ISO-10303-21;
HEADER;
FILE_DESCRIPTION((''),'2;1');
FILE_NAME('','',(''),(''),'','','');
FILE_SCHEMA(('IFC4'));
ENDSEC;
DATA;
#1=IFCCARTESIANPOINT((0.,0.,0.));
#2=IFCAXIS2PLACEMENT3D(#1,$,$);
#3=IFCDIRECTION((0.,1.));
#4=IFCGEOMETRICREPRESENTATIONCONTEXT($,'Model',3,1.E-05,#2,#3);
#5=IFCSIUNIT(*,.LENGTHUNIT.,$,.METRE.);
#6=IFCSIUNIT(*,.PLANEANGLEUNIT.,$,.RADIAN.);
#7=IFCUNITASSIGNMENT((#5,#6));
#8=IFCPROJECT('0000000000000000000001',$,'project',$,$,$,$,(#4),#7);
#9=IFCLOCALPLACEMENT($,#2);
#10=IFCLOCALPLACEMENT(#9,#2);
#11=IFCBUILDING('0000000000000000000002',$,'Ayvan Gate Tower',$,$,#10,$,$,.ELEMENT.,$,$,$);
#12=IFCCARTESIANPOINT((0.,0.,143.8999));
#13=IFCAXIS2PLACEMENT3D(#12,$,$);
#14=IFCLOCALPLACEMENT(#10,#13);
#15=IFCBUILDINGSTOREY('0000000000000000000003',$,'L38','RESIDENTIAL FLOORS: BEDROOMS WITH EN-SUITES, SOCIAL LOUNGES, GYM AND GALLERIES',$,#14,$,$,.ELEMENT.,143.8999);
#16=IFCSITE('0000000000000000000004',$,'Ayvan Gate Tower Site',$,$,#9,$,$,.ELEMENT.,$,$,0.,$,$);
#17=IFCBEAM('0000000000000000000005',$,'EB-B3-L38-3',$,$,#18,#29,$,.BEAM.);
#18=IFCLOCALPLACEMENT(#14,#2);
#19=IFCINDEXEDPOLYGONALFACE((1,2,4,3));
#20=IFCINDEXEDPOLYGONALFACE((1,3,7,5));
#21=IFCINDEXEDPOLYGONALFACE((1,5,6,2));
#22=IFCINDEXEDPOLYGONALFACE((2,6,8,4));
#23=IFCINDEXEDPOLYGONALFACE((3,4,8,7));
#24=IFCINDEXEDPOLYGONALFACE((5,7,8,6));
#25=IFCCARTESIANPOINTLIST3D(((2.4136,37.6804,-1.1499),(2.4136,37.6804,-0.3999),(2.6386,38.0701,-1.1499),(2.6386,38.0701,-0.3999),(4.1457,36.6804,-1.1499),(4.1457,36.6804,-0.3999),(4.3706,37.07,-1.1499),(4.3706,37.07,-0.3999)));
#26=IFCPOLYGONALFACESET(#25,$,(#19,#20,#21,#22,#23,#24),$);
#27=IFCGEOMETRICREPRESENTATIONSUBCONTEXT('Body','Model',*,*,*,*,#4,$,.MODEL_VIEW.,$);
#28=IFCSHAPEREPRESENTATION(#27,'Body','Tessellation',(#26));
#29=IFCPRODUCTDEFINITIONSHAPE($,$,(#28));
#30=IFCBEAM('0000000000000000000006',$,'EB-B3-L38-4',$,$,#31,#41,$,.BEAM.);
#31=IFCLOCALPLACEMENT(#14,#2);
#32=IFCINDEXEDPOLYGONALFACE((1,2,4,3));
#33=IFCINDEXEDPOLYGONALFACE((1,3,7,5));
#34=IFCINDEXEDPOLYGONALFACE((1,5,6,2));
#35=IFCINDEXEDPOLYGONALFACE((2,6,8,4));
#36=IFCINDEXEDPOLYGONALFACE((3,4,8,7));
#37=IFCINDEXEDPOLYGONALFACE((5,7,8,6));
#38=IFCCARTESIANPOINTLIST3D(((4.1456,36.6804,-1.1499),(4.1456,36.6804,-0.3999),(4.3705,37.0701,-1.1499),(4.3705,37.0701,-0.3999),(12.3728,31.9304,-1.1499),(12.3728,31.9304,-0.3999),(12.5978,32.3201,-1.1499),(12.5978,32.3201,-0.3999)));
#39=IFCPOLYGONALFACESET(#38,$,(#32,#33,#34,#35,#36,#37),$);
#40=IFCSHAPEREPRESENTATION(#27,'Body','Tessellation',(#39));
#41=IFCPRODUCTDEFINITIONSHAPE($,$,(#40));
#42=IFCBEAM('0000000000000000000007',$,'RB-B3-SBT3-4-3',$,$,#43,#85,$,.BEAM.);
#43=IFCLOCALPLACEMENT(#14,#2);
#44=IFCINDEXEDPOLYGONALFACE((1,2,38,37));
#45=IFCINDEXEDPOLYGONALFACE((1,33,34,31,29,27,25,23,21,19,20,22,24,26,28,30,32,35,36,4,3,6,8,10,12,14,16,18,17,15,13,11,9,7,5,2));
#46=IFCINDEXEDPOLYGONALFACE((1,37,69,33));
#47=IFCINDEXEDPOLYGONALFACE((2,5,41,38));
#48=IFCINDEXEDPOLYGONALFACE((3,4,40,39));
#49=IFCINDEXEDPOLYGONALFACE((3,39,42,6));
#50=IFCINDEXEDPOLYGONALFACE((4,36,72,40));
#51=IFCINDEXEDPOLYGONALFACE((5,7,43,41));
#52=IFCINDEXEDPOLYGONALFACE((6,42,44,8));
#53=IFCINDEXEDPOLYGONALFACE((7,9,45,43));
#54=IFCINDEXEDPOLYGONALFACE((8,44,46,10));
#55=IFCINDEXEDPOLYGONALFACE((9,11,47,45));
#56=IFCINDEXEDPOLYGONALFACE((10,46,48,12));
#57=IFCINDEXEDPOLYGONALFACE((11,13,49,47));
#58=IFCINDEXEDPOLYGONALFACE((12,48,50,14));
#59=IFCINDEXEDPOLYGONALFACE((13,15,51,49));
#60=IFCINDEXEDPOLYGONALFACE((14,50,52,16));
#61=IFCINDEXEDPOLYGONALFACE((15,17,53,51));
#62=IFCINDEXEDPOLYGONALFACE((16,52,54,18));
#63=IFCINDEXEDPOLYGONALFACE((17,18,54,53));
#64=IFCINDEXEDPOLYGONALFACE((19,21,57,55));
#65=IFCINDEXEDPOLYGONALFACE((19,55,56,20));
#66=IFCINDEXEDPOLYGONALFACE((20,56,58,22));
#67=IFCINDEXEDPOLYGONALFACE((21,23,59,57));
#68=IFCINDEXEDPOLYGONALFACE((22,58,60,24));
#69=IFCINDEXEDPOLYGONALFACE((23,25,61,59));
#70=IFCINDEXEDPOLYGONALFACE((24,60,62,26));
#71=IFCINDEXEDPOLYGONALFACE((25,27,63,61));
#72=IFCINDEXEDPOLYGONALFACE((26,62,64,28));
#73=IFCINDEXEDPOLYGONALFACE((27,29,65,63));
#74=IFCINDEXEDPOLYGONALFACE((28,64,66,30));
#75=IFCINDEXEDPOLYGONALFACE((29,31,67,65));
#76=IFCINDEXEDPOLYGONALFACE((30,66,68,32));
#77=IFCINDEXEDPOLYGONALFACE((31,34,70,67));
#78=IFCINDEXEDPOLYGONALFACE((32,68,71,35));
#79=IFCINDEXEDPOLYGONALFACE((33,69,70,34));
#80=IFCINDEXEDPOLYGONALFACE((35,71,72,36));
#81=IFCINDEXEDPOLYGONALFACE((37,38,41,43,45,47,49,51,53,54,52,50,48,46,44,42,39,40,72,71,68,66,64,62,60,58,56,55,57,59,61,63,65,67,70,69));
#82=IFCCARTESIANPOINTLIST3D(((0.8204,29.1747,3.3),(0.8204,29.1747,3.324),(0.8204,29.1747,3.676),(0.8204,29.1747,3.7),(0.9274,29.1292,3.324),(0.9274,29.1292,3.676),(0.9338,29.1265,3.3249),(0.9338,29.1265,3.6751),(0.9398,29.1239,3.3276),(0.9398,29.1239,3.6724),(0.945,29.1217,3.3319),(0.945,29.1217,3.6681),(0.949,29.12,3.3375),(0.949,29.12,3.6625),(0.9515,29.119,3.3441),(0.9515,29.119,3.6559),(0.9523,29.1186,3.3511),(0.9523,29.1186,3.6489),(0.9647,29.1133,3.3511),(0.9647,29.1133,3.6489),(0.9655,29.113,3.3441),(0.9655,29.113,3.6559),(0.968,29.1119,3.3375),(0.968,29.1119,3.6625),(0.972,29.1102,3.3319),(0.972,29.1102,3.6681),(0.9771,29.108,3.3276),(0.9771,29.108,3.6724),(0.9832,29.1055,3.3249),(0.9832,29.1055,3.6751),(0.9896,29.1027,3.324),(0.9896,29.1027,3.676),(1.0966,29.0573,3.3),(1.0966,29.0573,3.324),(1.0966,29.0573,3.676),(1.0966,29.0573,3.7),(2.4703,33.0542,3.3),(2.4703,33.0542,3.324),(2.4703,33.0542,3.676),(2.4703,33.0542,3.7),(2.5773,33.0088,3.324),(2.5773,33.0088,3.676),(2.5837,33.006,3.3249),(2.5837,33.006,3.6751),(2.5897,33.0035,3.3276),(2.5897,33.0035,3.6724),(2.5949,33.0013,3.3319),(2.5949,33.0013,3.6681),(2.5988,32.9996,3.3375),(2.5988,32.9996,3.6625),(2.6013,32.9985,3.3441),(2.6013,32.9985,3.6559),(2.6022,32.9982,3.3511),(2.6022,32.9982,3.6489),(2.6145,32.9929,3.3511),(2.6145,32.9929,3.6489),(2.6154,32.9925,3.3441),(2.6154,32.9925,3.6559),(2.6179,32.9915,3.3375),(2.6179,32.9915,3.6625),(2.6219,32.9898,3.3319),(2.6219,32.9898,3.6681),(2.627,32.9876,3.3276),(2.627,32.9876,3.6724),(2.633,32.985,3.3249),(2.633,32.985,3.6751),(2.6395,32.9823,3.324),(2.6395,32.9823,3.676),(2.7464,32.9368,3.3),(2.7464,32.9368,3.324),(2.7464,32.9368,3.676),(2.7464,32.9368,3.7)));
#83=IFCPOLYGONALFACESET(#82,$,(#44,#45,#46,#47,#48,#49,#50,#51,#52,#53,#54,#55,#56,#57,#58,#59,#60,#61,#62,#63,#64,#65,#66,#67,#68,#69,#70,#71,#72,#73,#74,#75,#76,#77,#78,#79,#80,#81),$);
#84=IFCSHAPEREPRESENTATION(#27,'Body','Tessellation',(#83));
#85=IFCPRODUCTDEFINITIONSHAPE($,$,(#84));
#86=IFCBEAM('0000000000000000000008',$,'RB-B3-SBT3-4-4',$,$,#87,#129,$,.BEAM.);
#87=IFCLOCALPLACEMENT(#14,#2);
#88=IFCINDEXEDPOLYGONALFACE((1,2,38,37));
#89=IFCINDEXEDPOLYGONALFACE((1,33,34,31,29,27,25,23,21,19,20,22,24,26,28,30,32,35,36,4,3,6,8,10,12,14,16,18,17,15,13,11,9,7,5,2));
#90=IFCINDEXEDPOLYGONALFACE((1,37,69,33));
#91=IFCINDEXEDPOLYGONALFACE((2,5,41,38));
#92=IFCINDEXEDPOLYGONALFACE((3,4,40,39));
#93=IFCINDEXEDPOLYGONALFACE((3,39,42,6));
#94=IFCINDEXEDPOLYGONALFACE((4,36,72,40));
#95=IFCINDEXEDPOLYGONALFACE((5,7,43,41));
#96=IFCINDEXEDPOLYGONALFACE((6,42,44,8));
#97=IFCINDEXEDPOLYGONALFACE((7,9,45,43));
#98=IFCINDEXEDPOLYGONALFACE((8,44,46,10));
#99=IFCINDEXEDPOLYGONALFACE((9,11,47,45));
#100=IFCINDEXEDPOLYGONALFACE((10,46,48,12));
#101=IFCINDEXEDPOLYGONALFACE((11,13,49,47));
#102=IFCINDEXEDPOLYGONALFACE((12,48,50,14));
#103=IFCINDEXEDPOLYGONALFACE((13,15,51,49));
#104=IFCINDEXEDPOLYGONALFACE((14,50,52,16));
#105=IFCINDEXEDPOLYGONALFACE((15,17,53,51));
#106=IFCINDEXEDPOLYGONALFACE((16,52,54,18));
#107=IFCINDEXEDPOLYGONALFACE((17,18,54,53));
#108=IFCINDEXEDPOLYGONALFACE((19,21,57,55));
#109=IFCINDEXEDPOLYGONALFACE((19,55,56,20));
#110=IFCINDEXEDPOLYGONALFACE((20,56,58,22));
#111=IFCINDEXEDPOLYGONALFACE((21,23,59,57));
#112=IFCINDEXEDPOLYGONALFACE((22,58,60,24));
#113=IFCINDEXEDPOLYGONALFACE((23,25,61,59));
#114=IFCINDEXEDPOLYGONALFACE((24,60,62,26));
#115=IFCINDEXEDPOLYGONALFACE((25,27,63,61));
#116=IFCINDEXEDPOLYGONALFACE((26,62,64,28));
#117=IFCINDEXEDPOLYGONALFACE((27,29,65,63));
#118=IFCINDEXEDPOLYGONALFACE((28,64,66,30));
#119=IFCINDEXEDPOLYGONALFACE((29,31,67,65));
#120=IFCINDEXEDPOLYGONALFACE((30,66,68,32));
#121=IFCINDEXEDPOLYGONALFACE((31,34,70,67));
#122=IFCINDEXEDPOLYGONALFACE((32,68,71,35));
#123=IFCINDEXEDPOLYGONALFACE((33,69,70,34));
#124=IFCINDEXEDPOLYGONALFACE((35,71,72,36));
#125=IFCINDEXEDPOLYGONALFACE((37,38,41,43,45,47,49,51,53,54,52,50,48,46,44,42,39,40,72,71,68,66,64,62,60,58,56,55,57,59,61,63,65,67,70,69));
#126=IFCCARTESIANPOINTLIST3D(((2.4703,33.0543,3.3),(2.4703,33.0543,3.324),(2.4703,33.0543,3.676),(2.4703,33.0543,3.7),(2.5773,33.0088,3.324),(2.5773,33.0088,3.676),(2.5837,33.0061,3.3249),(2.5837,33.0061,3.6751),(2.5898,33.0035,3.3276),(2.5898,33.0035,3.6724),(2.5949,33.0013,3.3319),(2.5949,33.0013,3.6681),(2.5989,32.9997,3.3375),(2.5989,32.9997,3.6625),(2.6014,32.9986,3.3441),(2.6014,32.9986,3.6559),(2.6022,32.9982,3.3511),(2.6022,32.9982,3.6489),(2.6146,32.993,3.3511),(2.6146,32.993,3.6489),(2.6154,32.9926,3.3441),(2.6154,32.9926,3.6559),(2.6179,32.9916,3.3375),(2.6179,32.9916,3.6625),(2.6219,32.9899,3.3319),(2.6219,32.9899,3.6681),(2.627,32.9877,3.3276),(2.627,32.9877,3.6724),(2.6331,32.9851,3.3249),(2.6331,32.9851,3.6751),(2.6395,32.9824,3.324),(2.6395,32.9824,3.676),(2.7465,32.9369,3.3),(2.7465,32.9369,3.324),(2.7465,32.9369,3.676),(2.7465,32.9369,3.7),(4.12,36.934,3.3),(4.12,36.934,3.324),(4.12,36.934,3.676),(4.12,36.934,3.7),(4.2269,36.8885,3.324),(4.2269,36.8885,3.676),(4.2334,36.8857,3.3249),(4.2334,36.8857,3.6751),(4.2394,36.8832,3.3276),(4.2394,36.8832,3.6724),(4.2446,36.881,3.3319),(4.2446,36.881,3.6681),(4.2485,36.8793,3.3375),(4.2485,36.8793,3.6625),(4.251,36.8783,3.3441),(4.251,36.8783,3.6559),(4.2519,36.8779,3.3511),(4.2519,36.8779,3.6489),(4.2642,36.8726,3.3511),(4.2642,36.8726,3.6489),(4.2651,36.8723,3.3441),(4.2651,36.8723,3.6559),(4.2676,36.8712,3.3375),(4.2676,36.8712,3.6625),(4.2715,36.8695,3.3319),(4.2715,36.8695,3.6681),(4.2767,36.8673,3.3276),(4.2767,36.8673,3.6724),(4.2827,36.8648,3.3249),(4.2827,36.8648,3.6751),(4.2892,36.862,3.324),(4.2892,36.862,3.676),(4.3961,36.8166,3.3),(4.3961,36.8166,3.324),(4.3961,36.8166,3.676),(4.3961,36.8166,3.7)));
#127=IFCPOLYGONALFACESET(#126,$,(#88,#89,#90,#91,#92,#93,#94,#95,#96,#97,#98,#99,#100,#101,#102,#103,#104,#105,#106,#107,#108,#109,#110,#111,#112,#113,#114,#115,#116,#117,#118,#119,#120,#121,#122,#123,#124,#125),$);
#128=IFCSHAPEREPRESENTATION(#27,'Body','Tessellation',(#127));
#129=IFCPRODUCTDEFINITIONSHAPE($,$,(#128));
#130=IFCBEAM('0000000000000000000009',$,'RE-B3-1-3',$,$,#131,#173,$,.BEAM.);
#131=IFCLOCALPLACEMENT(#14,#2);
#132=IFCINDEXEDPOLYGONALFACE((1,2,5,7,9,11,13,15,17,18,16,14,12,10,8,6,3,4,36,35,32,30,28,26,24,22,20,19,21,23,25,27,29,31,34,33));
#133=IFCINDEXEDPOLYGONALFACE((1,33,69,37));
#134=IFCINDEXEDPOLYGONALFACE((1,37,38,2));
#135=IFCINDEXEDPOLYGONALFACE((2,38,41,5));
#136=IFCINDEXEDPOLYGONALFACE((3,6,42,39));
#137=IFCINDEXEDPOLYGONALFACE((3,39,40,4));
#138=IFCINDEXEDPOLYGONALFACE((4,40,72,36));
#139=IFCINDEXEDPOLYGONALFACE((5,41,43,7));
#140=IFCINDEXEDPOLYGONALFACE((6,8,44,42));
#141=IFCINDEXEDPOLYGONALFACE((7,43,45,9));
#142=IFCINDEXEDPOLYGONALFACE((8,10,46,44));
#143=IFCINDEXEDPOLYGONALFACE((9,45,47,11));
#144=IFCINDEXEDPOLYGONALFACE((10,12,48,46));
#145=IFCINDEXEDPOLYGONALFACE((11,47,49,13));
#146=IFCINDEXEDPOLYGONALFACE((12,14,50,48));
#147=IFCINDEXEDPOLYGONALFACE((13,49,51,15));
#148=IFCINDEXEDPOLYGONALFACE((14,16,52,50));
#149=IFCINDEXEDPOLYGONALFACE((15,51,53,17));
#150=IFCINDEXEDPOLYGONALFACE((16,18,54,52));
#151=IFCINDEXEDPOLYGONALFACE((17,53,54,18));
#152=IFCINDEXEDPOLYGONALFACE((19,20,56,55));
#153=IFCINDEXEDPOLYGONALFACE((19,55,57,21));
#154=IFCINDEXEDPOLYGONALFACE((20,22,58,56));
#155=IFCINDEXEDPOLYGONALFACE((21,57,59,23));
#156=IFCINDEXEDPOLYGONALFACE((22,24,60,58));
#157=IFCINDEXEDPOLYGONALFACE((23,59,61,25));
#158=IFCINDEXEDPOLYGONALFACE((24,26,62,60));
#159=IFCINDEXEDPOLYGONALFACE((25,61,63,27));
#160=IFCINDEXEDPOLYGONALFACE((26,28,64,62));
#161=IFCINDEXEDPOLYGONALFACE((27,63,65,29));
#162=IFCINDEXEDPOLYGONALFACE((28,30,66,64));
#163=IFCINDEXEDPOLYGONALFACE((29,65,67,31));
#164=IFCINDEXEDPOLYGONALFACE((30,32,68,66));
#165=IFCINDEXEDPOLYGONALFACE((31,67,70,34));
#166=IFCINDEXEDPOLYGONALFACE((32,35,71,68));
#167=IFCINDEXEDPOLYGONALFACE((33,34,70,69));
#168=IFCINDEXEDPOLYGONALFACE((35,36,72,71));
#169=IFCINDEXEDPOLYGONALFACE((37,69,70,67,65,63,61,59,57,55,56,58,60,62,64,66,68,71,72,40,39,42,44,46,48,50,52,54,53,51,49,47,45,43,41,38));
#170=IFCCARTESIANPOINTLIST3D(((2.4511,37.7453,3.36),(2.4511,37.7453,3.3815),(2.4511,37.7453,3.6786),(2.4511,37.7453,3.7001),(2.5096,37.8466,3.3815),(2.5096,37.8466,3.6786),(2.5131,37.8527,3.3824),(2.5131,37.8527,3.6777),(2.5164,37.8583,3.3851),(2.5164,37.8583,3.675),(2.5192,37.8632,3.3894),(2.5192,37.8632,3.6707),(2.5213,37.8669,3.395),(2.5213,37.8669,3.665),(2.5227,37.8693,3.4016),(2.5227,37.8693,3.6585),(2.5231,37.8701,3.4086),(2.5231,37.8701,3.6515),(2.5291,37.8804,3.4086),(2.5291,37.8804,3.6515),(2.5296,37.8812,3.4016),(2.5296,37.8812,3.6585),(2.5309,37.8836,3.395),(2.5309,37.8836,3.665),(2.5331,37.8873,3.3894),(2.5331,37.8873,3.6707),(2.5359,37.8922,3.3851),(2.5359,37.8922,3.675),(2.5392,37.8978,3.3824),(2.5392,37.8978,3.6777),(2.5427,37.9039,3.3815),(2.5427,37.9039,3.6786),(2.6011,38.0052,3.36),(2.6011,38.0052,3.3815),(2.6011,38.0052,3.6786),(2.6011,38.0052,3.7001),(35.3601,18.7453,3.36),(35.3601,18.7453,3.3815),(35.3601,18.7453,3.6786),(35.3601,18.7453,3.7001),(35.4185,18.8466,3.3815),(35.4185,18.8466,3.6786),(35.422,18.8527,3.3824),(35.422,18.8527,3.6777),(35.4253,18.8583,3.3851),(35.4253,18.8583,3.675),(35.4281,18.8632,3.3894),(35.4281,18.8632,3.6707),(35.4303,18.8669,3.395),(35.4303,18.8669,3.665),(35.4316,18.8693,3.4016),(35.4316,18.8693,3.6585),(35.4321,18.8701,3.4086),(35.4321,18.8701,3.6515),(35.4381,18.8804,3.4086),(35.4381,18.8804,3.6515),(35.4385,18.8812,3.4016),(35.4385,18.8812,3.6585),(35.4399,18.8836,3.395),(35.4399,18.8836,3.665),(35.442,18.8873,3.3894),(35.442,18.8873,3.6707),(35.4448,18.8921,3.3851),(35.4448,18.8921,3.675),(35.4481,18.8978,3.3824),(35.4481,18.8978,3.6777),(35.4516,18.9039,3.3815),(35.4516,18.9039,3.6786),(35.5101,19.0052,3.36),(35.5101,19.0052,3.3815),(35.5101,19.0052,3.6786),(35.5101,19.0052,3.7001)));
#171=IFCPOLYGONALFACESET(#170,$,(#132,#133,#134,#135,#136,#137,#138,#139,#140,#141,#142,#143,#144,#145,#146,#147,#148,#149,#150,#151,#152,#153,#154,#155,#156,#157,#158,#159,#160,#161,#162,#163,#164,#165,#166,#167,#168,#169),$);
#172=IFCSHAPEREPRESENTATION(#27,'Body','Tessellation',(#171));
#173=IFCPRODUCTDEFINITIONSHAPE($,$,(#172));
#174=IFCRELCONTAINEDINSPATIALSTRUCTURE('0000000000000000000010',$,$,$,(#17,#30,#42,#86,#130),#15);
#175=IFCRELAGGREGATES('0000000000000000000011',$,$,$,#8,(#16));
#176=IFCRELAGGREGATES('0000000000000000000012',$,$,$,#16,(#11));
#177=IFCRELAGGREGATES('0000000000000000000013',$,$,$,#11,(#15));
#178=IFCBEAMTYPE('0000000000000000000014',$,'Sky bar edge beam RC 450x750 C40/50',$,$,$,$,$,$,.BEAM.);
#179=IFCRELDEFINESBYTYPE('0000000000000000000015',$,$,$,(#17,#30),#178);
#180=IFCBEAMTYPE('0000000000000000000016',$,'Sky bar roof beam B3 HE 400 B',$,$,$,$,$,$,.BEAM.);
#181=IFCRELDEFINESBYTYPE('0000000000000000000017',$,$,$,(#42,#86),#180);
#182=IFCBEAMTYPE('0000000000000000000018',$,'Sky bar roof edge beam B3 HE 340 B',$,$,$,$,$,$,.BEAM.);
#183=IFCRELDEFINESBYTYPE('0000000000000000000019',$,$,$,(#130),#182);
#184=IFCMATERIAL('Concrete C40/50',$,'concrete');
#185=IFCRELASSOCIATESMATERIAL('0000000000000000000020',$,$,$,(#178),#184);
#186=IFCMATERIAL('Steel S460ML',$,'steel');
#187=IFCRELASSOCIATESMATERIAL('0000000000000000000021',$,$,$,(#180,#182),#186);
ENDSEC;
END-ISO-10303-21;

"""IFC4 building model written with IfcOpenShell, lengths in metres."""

from ifc_helpers import new_model, si_unit, direction, frame, origin, origin_2d, place, context, subcontext, project, spatial, rectangle, i_section, extrude, material, material_profile, profile_set, type_object, element, save


model = new_model("IFC4")

# Units and contexts
model_context = context("Model", 3, precision=1e-05, world=origin(), true_north=direction((0.0, 1.0)))
body_context = subcontext(model_context, "Body", "Model", "MODEL_VIEW")
ifc_project = project(units=[si_unit("LENGTHUNIT", "METRE"), si_unit("PLANEANGLEUNIT", "RADIAN")], contexts=[model_context])

# Site, building, storey
site_placement = place(None, origin())
site = spatial("IfcSite", under=ifc_project, at=site_placement, Name="Ayvan Gate Tower Site", CompositionType="ELEMENT", RefElevation=0.0)
building_placement = place(site_placement, origin())
building = spatial("IfcBuilding", under=site, at=building_placement, Name="Ayvan Gate Tower", CompositionType="ELEMENT")
storey_placement = place(building_placement, frame((0.0, 0.0, 143.8999)))
storey = spatial("IfcBuildingStorey", under=building, at=storey_placement, Name="L38", Description="RESIDENTIAL FLOORS: BEDROOMS WITH EN-SUITES, SOCIAL LOUNGES, GYM AND GALLERIES", CompositionType="ELEMENT", Elevation=143.8999)

# Beams
ifc_material_1 = material(Name="Concrete C40/50", Category="concrete")
ifc_material_profile_1 = material_profile(ifc_material_1, rectangle(XDim=0.45, YDim=0.75, at=origin_2d()), Name="RC 450x750")
ifc_profile_set_1 = profile_set([ifc_material_profile_1], Name="Concrete C40/50")
beam_type_1 = type_object("IfcBeamType", Name="Sky bar edge beam RC 450x750 C40/50", PredefinedType="BEAM", material=ifc_profile_set_1)
beam_1_placement = place(storey_placement, frame((2.5261, 37.8752, -0.7749), z_axis=(0.866011, -0.500025, 0.0), x_axis=(0.500025, 0.866011, 0.0)))
element("IfcBeam", 1, at=beam_1_placement, inside=storey, type_object=beam_type_1, Name="EB-B3-L38-3", PredefinedType="BEAM", context=body_context, shape_type="SweptSolid", body=[
    extrude(rectangle(XDim=0.45, YDim=0.75, at=origin_2d()), origin(), (0.0, 0.0, 1.0), 2.0),
])
beam_2_placement = place(storey_placement, frame((4.2581, 36.8752, -0.7749), z_axis=(0.866027, -0.499998, 0.0), x_axis=(0.499998, 0.866027, 0.0)))
element("IfcBeam", 2, at=beam_2_placement, inside=storey, type_object=beam_type_1, Name="EB-B3-L38-4", PredefinedType="BEAM", context=body_context, shape_type="SweptSolid", body=[
    extrude(rectangle(XDim=0.45, YDim=0.75, at=origin_2d()), origin(), (0.0, 0.0, 1.0), 9.5),
])
ifc_material_2 = material(Name="Steel S460ML", Category="steel")
ifc_material_profile_2 = material_profile(ifc_material_2, i_section(OverallWidth=0.3, OverallDepth=0.3999, WebThickness=0.0134, FlangeThickness=0.0239, FilletRadius=0.0271, at=origin_2d()), Name="HE 400 B")
ifc_profile_set_2 = profile_set([ifc_material_profile_2], Name="Steel S460ML")
beam_type_2 = type_object("IfcBeamType", Name="Sky bar roof beam B3 HE 400 B", PredefinedType="BEAM", material=ifc_profile_set_2)
for number, where, z_axis, x_axis, name in (
    (3, (0.9585, 29.116, 3.5), (0.391353, 0.920241, 0.0), (-0.920241, 0.391353, 0.0), "RB-B3-SBT3-4-3"),
    (4, (2.6084, 32.9956, 3.5), (0.391304, 0.920262, 0.0), (-0.920262, 0.391304, 0.0), "RB-B3-SBT3-4-4"),
):
    element("IfcBeam", number, at=place(storey_placement, frame(where, z_axis=z_axis, x_axis=x_axis)), inside=storey, type_object=beam_type_2, Name=name, PredefinedType="BEAM", context=body_context, shape_type="SweptSolid", body=[
        extrude(i_section(OverallWidth=0.3, OverallDepth=0.3999, WebThickness=0.0134, FlangeThickness=0.0239, FilletRadius=0.0271, at=origin_2d()), origin(), (0.0, 0.0, 1.0), 4.2158),
    ])
ifc_material_profile_3 = material_profile(ifc_material_2, i_section(OverallWidth=0.3, OverallDepth=0.3401, WebThickness=0.012, FlangeThickness=0.0215, FilletRadius=0.0271, at=origin_2d()), Name="HE 340 B")
ifc_profile_set_3 = profile_set([ifc_material_profile_3], Name="Steel S460ML")
beam_type_3 = type_object("IfcBeamType", Name="Sky bar roof edge beam B3 HE 340 B", PredefinedType="BEAM", material=ifc_profile_set_3)
beam_3_placement = place(storey_placement, frame((2.5261, 37.8752, 3.53), z_axis=(0.866025, -0.5, 0.0), x_axis=(0.5, 0.866025, 0.0)))
element("IfcBeam", 5, at=beam_3_placement, inside=storey, type_object=beam_type_3, Name="RE-B3-1-3", PredefinedType="BEAM", context=body_context, shape_type="SweptSolid", body=[
    extrude(i_section(OverallWidth=0.3, OverallDepth=0.3401, WebThickness=0.012, FlangeThickness=0.0215, FilletRadius=0.0271, at=origin_2d()), origin(), (0.0, 0.0, 1.0), 38.0),
])

save(model, "model.ifc")
